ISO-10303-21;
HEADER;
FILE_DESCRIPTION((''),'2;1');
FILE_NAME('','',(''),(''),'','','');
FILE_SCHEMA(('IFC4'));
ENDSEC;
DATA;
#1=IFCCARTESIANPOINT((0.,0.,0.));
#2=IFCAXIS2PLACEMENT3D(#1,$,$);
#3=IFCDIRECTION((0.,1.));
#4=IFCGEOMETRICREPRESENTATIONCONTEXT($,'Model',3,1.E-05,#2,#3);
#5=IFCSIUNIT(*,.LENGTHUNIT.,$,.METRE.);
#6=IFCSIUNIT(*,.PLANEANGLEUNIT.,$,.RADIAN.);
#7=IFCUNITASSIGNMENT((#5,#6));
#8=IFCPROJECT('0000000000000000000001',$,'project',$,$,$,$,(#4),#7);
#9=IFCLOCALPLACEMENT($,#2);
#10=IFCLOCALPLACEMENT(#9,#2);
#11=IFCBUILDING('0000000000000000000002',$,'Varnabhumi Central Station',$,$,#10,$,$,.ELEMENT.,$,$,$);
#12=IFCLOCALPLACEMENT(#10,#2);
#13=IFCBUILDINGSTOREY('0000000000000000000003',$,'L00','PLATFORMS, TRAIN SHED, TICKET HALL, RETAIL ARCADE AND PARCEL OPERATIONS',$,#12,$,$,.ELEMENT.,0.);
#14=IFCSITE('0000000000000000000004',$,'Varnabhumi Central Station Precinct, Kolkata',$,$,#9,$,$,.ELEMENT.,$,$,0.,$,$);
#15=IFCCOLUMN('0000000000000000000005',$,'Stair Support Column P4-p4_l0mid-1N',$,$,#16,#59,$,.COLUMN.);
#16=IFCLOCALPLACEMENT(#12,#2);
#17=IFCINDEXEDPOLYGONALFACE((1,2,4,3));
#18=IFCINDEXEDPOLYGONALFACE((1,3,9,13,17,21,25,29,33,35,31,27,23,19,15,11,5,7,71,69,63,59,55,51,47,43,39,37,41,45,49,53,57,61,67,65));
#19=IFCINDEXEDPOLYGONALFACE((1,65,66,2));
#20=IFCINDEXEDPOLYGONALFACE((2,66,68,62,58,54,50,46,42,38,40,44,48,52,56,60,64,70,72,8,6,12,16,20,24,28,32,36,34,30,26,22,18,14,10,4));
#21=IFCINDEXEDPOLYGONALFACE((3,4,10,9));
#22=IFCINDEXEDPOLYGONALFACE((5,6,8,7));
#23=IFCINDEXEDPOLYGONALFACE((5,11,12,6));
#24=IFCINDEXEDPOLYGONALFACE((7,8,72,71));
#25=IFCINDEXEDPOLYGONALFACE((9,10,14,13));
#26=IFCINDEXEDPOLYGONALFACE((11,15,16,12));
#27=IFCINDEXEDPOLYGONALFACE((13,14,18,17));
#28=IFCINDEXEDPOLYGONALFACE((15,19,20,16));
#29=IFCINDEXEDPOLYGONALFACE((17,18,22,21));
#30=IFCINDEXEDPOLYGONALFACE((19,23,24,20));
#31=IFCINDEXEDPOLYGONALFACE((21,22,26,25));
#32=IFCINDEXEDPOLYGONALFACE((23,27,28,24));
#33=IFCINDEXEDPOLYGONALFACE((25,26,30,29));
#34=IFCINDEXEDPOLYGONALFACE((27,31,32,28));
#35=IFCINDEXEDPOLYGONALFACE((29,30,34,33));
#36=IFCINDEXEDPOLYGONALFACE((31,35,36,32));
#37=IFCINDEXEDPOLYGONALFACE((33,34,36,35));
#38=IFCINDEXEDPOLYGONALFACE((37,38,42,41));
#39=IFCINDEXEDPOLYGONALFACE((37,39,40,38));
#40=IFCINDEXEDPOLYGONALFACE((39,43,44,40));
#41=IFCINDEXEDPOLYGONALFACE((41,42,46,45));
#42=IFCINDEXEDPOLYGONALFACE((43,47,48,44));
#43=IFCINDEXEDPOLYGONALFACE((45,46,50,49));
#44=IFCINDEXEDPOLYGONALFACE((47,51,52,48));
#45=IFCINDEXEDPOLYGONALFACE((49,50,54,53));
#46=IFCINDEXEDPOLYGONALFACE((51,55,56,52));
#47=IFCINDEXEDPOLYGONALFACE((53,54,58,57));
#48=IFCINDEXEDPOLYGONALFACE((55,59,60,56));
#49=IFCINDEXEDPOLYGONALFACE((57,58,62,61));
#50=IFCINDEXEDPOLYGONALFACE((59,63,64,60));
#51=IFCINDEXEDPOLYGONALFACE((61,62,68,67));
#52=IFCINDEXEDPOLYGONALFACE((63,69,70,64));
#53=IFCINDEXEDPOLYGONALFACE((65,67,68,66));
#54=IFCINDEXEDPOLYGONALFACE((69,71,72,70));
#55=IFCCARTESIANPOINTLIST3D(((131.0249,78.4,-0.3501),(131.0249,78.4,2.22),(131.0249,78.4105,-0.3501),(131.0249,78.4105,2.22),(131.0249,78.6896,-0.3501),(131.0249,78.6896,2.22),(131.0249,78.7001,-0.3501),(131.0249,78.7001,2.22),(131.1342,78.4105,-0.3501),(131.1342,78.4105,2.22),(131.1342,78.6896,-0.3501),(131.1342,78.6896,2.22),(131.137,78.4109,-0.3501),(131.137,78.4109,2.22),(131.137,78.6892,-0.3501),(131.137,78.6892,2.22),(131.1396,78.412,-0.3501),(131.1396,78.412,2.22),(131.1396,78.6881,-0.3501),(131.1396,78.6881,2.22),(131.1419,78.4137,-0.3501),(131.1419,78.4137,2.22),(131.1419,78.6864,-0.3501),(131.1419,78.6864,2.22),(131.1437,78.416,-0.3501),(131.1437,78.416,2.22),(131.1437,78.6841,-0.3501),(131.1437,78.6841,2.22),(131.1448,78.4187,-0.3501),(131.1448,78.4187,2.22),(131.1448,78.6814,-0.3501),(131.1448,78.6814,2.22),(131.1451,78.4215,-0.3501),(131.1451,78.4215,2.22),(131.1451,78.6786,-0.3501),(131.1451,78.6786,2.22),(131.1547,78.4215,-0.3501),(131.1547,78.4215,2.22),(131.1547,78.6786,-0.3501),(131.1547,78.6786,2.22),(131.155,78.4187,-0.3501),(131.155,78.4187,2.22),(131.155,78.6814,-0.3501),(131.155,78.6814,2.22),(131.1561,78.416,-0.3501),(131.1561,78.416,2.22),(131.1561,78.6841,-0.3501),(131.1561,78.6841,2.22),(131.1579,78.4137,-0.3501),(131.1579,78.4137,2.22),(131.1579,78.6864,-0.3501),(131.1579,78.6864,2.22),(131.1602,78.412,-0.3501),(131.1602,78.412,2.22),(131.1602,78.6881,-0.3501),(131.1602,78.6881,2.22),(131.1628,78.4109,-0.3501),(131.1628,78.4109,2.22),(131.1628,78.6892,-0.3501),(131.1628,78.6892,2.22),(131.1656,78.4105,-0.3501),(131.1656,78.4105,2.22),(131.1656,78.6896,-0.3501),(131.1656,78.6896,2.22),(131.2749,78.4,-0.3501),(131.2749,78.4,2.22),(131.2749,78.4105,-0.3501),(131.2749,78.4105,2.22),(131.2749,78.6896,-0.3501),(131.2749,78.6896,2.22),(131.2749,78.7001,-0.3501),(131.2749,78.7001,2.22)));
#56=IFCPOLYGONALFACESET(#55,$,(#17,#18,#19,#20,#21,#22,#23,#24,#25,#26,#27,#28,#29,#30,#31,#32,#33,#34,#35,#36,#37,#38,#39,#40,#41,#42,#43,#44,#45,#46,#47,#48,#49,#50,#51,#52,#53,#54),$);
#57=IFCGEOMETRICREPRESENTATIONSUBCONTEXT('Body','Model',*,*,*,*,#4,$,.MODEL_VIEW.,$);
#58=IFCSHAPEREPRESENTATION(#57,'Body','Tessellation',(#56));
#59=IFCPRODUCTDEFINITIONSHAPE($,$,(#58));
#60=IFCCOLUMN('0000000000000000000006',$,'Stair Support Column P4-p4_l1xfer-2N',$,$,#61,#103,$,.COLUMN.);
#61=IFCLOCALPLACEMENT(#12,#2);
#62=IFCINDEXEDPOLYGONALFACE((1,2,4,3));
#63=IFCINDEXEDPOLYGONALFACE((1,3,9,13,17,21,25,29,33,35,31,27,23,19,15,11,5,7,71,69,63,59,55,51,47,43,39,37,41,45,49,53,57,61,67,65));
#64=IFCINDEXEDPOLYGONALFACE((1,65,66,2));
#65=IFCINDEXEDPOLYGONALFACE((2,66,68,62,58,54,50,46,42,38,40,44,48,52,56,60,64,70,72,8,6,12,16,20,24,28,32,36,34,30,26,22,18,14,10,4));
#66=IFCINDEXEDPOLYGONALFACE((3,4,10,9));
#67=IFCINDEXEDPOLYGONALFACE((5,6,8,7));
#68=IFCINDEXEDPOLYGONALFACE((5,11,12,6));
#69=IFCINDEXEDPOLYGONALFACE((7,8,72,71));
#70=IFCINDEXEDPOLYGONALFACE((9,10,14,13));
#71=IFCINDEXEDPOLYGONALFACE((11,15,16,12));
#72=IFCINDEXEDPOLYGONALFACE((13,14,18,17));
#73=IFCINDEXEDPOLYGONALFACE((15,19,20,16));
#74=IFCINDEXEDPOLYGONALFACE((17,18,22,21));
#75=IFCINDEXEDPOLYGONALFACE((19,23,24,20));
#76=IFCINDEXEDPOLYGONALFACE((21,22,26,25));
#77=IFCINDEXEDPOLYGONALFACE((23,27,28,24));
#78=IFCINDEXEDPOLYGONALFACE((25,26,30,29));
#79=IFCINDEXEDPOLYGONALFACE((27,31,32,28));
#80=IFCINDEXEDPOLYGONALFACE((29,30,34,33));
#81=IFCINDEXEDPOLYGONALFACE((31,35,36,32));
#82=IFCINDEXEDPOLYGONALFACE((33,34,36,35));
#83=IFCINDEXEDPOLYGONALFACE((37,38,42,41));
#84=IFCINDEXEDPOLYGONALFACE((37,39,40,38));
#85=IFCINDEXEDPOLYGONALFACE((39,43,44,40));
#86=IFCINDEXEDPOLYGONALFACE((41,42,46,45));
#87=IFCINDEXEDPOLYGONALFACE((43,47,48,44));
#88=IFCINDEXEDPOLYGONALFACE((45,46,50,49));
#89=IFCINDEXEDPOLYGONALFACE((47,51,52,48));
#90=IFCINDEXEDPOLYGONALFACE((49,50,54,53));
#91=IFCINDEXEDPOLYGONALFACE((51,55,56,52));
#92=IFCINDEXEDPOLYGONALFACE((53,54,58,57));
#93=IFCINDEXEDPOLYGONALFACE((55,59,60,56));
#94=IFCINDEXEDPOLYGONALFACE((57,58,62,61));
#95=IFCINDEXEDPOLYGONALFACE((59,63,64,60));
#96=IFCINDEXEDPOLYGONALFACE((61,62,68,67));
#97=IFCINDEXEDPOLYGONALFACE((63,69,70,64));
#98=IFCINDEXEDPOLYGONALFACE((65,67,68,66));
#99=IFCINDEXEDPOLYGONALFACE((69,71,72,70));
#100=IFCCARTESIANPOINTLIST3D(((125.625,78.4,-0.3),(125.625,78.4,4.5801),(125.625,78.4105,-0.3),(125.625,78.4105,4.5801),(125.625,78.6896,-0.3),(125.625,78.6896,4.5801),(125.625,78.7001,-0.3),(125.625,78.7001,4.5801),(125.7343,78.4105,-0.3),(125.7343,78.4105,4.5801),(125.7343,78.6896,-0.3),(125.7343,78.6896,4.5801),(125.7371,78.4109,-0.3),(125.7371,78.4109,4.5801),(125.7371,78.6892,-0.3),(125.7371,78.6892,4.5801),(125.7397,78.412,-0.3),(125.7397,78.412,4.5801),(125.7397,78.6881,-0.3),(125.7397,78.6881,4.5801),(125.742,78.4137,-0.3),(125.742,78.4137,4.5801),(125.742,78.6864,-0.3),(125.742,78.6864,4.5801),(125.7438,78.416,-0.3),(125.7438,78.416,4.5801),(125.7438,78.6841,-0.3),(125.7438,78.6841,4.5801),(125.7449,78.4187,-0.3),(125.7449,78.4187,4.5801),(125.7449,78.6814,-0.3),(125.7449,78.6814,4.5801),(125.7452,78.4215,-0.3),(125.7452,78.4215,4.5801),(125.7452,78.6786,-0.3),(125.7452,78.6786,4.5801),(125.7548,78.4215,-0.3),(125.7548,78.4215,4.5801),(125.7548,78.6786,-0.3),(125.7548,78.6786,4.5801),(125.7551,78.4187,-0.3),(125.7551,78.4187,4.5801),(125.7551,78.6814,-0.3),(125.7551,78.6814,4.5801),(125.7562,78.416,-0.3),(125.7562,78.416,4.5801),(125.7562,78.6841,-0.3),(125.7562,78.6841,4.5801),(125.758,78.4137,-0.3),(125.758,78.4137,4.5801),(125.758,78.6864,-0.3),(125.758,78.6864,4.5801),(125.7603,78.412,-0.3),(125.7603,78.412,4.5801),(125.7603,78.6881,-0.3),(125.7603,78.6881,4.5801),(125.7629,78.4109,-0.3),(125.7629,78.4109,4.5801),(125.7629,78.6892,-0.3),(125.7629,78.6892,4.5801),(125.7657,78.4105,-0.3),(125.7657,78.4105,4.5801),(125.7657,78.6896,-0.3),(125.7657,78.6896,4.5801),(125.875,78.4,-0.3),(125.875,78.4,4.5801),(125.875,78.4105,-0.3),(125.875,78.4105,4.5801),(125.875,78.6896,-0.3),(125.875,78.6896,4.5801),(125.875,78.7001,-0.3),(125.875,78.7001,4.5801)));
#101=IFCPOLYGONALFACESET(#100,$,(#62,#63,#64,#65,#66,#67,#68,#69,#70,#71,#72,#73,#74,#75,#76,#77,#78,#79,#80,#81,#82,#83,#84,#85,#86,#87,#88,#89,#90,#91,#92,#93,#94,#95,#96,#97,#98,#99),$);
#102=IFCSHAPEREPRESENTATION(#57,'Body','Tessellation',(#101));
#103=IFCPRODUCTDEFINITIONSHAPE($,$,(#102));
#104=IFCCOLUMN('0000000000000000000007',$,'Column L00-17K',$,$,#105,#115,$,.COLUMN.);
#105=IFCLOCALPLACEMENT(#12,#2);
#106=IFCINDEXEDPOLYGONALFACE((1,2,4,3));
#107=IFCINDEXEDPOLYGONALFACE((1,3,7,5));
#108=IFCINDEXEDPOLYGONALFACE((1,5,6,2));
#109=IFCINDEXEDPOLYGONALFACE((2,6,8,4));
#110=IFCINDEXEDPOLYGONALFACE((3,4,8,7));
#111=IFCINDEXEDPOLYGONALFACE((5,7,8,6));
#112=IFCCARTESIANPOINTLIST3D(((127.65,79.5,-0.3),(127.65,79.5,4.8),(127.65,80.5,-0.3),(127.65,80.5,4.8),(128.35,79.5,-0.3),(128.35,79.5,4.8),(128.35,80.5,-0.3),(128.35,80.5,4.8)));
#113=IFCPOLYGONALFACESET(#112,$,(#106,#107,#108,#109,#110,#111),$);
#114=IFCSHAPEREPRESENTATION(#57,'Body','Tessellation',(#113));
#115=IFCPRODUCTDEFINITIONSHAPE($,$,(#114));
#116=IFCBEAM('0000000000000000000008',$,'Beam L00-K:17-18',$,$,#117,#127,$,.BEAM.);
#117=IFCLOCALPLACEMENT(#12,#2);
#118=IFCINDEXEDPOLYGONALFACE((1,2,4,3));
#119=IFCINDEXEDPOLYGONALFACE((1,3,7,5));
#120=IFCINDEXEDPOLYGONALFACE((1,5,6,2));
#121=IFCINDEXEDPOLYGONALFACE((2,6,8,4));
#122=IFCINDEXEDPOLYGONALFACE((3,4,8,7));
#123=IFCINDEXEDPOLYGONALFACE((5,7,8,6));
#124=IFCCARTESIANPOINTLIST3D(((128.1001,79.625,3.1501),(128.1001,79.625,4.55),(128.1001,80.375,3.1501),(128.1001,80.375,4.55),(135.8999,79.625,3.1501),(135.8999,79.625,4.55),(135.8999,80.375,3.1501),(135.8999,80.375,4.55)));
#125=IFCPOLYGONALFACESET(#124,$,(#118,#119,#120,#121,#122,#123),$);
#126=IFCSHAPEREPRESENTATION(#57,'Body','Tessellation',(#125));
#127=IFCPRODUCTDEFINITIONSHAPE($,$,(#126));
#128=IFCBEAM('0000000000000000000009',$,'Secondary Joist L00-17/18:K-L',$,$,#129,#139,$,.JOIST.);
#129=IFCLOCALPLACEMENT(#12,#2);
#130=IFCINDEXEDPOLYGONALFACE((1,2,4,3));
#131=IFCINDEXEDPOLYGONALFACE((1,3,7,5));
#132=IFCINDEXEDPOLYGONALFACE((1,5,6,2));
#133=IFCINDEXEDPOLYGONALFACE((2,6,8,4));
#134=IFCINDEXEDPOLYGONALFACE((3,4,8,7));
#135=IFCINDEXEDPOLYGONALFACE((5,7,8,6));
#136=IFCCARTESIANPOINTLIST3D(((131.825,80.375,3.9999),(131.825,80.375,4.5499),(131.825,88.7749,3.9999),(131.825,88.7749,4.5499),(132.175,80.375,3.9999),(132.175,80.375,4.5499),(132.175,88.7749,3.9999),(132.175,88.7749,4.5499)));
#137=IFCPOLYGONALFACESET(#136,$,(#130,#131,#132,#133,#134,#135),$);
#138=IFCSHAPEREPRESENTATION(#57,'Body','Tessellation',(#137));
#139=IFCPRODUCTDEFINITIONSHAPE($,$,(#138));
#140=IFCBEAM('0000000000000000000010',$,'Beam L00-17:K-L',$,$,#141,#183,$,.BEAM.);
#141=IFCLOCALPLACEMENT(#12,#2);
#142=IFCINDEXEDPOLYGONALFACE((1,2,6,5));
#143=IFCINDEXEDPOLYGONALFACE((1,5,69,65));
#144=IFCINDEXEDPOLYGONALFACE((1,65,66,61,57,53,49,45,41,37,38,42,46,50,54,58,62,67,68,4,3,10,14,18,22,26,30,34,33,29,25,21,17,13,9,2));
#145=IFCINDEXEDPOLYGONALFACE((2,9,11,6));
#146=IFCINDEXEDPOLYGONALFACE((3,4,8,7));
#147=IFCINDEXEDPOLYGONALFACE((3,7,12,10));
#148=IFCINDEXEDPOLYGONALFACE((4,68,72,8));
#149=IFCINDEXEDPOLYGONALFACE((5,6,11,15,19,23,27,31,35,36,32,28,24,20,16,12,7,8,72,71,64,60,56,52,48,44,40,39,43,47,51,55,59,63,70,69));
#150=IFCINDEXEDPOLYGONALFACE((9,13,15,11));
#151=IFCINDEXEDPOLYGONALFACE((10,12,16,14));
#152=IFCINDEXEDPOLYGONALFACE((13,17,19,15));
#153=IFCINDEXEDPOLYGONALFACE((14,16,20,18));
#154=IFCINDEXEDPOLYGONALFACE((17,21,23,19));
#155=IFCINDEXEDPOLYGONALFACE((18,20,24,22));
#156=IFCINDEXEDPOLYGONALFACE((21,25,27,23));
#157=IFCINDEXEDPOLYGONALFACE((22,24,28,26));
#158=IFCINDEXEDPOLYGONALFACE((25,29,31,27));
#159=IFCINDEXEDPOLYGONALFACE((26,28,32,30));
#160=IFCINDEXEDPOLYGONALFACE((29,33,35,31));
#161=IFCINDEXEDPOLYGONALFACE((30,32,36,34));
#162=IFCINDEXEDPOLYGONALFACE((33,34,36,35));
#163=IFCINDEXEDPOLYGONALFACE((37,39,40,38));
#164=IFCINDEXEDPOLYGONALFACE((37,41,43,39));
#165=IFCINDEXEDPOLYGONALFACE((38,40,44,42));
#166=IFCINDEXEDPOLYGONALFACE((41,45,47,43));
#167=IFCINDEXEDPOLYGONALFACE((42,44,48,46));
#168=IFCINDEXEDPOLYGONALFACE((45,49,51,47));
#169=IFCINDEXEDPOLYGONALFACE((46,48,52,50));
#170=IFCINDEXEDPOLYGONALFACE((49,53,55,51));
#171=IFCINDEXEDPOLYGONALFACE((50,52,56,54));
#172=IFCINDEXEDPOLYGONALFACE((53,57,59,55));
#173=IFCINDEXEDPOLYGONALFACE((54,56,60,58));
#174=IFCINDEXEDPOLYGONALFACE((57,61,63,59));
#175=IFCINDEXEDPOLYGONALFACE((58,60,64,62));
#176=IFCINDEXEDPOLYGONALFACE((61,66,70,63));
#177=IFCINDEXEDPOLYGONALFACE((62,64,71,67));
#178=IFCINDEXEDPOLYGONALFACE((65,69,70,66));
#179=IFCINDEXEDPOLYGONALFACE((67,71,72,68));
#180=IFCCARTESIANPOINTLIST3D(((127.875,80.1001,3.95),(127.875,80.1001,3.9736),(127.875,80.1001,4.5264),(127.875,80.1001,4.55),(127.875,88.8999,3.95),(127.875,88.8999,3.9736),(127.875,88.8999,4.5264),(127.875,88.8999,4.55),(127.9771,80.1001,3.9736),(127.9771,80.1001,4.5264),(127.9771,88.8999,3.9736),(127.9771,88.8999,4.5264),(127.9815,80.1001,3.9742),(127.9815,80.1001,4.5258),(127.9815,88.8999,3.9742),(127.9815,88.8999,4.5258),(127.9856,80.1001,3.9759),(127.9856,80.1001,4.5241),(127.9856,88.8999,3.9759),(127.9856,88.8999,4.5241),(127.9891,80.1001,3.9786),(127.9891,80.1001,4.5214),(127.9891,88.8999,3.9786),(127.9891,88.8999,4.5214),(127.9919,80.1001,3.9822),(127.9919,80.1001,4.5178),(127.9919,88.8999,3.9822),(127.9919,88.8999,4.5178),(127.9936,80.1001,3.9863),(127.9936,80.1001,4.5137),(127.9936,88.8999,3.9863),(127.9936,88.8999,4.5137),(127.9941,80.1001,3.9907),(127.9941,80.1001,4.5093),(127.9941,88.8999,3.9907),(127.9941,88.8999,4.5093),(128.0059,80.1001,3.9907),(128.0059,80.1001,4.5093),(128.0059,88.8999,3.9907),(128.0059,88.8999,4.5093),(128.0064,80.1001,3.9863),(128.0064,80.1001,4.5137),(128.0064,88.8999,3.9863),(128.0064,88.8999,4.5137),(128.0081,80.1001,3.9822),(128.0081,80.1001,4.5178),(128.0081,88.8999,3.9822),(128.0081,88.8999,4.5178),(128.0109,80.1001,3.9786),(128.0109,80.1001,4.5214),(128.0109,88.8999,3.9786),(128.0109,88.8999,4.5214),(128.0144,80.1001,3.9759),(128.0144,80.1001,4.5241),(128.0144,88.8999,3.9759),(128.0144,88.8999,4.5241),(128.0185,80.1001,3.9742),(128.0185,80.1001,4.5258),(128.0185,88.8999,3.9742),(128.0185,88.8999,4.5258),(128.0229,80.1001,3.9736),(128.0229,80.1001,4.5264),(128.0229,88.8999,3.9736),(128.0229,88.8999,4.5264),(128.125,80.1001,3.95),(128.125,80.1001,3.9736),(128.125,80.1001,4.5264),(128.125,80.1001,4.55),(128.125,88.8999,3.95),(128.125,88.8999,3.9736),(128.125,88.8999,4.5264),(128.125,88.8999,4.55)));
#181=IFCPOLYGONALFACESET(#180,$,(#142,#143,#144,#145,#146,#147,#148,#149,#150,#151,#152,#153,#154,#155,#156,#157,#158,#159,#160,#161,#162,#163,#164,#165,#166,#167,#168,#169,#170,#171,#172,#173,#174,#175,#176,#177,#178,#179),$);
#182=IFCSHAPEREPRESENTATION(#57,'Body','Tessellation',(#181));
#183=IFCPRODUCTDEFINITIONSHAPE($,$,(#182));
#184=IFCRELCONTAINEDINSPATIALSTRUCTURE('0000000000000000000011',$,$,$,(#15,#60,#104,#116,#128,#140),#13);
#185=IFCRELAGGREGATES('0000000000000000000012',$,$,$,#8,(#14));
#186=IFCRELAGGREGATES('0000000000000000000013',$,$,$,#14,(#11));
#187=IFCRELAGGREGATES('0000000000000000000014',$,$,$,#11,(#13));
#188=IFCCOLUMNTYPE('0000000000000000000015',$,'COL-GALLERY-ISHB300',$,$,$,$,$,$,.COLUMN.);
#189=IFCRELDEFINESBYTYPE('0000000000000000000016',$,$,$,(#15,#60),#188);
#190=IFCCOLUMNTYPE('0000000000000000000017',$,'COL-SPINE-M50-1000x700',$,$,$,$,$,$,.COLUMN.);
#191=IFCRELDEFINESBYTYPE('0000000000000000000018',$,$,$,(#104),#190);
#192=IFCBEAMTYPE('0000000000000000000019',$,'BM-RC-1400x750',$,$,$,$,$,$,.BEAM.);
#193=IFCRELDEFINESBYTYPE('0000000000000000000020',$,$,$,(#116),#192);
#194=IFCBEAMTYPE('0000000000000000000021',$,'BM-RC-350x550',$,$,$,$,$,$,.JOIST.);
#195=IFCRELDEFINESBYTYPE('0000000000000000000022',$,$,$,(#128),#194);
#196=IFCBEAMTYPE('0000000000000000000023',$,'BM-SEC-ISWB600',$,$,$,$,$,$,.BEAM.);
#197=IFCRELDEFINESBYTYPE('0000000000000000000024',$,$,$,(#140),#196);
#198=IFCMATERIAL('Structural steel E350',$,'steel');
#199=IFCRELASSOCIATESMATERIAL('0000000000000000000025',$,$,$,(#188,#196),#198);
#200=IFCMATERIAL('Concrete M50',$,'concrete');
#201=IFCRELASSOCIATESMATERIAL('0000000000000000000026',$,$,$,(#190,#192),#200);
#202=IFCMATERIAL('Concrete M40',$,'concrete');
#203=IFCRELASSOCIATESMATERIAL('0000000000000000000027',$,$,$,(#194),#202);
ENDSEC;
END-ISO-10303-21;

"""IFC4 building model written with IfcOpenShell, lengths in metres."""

from ifc_helpers import new_model, si_unit, direction, frame, origin, origin_2d, place, context, subcontext, project, spatial, rectangle, i_section, extrude, material, material_profile, profile_set, type_object, element, save


model = new_model("IFC4")

# Units and contexts
model_context = context("Model", 3, precision=1e-05, world=origin(), true_north=direction((0.0, 1.0)))
body_context = subcontext(model_context, "Body", "Model", "MODEL_VIEW")
ifc_project = project(units=[si_unit("LENGTHUNIT", "METRE"), si_unit("PLANEANGLEUNIT", "RADIAN")], contexts=[model_context])

# Site, building, storey
site_placement = place(None, origin())
site = spatial("IfcSite", under=ifc_project, at=site_placement, Name="Varnabhumi Central Station Precinct, Kolkata", CompositionType="ELEMENT", RefElevation=0.0)
building_placement = place(site_placement, origin())
building = spatial("IfcBuilding", under=site, at=building_placement, Name="Varnabhumi Central Station", CompositionType="ELEMENT")
storey_placement = place(building_placement, origin())
storey = spatial("IfcBuildingStorey", under=building, at=storey_placement, Name="L00", Description="PLATFORMS, TRAIN SHED, TICKET HALL, RETAIL ARCADE AND PARCEL OPERATIONS", CompositionType="ELEMENT", Elevation=0.0)

# Shared definitions
ifc_material_1 = material(Name="Concrete M40", Category="concrete")

# Columns
ifc_material_2 = material(Name="Structural steel E350", Category="steel")
ifc_material_profile_1 = material_profile(ifc_material_2, i_section(OverallWidth=0.25, OverallDepth=0.3, WebThickness=0.0095, FlangeThickness=0.0105, FilletRadius=0.011, at=origin_2d()), Name="Structural steel E350", Category="steel")
ifc_profile_set_1 = profile_set([ifc_material_profile_1], Name="Structural steel E350")
column_type_1 = type_object("IfcColumnType", Name="COL-GALLERY-ISHB300", PredefinedType="COLUMN", material=ifc_profile_set_1)
for number, where, z_axis, x_axis, name in (
    (1, (131.1499, 78.55, -0.3501), (0.0, 0.0, 1.0), (1.0, 0.0, 0.0), "Stair Support Column P4-p4_l0mid-1N"),
):
    element("IfcColumn", number, at=place(storey_placement, frame(where, z_axis=z_axis, x_axis=x_axis)), inside=storey, type_object=column_type_1, Name=name, PredefinedType="COLUMN", context=body_context, shape_type="SweptSolid", body=[
        extrude(i_section(OverallWidth=0.25, OverallDepth=0.3, WebThickness=0.0095, FlangeThickness=0.0105, FilletRadius=0.011, at=origin_2d()), origin(), (0.0, 0.0, 1.0), 2.5701),
    ])
column_1_placement = place(storey_placement, frame((125.75, 78.55, -0.3), z_axis=(0.0, 0.0, 1.0), x_axis=(1.0, 0.0, 0.0)))
element("IfcColumn", 2, at=column_1_placement, inside=storey, type_object=column_type_1, Name="Stair Support Column P4-p4_l1xfer-2N", PredefinedType="COLUMN", context=body_context, shape_type="SweptSolid", body=[
    extrude(i_section(OverallWidth=0.25, OverallDepth=0.3, WebThickness=0.0095, FlangeThickness=0.0105, FilletRadius=0.011, at=origin_2d()), origin(), (0.0, 0.0, 1.0), 4.8801),
])
ifc_material_3 = material(Name="Concrete M50", Category="concrete")
ifc_material_profile_2 = material_profile(ifc_material_3, rectangle(XDim=0.7, YDim=1.0, at=origin_2d()), Name="Concrete M50", Category="concrete")
ifc_profile_set_2 = profile_set([ifc_material_profile_2], Name="Concrete M50")
column_type_2 = type_object("IfcColumnType", Name="COL-SPINE-M50-1000x700", PredefinedType="COLUMN", material=ifc_profile_set_2)
column_2_placement = place(storey_placement, frame((128.0, 80.0, -0.3), z_axis=(0.0, 0.0, 1.0), x_axis=(1.0, 0.0, 0.0)))
element("IfcColumn", 3, at=column_2_placement, inside=storey, type_object=column_type_2, Name="Column L00-17K", PredefinedType="COLUMN", context=body_context, shape_type="SweptSolid", body=[
    extrude(rectangle(XDim=0.7, YDim=1.0, at=origin_2d()), origin(), (0.0, 0.0, 1.0), 5.1001),
])

# Beams
ifc_material_profile_3 = material_profile(ifc_material_3, rectangle(XDim=0.75, YDim=1.3999, at=origin_2d()), Name="Concrete M50", Category="concrete")
ifc_profile_set_3 = profile_set([ifc_material_profile_3], Name="Concrete M50")
beam_type_1 = type_object("IfcBeamType", Name="BM-RC-1400x750", PredefinedType="BEAM", material=ifc_profile_set_3)
beam_1_placement = place(storey_placement, frame((128.1001, 80.0, 3.8501), z_axis=(1.0, 0.0, 0.0), x_axis=(0.0, 1.0, 0.0)))
element("IfcBeam", 4, at=beam_1_placement, inside=storey, type_object=beam_type_1, Name="Beam L00-K:17-18", PredefinedType="BEAM", context=body_context, shape_type="SweptSolid", body=[
    extrude(rectangle(XDim=0.75, YDim=1.3999, at=origin_2d()), origin(), (0.0, 0.0, 1.0), 7.7998),
])
ifc_material_profile_4 = material_profile(ifc_material_1, rectangle(XDim=0.3501, YDim=0.55, at=origin_2d()), Name="Concrete M40", Category="concrete")
ifc_profile_set_4 = profile_set([ifc_material_profile_4], Name="Concrete M40")
beam_type_2 = type_object("IfcBeamType", Name="BM-RC-350x550", PredefinedType="JOIST", material=ifc_profile_set_4)
beam_2_placement = place(storey_placement, frame((132.0, 80.375, 4.2749), z_axis=(0.0, 1.0, 0.0), x_axis=(-1.0, 0.0, 0.0)))
element("IfcBeam", 5, at=beam_2_placement, inside=storey, type_object=beam_type_2, Name="Secondary Joist L00-17/18:K-L", PredefinedType="JOIST", context=body_context, shape_type="SweptSolid", body=[
    extrude(rectangle(XDim=0.3501, YDim=0.55, at=origin_2d()), origin(), (0.0, 0.0, 1.0), 8.3999),
])
ifc_material_profile_5 = material_profile(ifc_material_2, i_section(OverallWidth=0.25, OverallDepth=0.6001, WebThickness=0.0117, FlangeThickness=0.0237, FilletRadius=0.0171, at=origin_2d()), Name="Structural steel E350", Category="steel")
ifc_profile_set_5 = profile_set([ifc_material_profile_5], Name="Structural steel E350")
beam_type_3 = type_object("IfcBeamType", Name="BM-SEC-ISWB600", PredefinedType="BEAM", material=ifc_profile_set_5)
beam_3_placement = place(storey_placement, frame((128.0, 80.1001, 4.25), z_axis=(0.0, 1.0, 0.0), x_axis=(-1.0, 0.0, 0.0)))
element("IfcBeam", 6, at=beam_3_placement, inside=storey, type_object=beam_type_3, Name="Beam L00-17:K-L", PredefinedType="BEAM", context=body_context, shape_type="SweptSolid", body=[
    extrude(i_section(OverallWidth=0.25, OverallDepth=0.6001, WebThickness=0.0117, FlangeThickness=0.0237, FilletRadius=0.0171, at=origin_2d()), origin(), (0.0, 0.0, 1.0), 8.7998),
])

save(model, "model.ifc")
